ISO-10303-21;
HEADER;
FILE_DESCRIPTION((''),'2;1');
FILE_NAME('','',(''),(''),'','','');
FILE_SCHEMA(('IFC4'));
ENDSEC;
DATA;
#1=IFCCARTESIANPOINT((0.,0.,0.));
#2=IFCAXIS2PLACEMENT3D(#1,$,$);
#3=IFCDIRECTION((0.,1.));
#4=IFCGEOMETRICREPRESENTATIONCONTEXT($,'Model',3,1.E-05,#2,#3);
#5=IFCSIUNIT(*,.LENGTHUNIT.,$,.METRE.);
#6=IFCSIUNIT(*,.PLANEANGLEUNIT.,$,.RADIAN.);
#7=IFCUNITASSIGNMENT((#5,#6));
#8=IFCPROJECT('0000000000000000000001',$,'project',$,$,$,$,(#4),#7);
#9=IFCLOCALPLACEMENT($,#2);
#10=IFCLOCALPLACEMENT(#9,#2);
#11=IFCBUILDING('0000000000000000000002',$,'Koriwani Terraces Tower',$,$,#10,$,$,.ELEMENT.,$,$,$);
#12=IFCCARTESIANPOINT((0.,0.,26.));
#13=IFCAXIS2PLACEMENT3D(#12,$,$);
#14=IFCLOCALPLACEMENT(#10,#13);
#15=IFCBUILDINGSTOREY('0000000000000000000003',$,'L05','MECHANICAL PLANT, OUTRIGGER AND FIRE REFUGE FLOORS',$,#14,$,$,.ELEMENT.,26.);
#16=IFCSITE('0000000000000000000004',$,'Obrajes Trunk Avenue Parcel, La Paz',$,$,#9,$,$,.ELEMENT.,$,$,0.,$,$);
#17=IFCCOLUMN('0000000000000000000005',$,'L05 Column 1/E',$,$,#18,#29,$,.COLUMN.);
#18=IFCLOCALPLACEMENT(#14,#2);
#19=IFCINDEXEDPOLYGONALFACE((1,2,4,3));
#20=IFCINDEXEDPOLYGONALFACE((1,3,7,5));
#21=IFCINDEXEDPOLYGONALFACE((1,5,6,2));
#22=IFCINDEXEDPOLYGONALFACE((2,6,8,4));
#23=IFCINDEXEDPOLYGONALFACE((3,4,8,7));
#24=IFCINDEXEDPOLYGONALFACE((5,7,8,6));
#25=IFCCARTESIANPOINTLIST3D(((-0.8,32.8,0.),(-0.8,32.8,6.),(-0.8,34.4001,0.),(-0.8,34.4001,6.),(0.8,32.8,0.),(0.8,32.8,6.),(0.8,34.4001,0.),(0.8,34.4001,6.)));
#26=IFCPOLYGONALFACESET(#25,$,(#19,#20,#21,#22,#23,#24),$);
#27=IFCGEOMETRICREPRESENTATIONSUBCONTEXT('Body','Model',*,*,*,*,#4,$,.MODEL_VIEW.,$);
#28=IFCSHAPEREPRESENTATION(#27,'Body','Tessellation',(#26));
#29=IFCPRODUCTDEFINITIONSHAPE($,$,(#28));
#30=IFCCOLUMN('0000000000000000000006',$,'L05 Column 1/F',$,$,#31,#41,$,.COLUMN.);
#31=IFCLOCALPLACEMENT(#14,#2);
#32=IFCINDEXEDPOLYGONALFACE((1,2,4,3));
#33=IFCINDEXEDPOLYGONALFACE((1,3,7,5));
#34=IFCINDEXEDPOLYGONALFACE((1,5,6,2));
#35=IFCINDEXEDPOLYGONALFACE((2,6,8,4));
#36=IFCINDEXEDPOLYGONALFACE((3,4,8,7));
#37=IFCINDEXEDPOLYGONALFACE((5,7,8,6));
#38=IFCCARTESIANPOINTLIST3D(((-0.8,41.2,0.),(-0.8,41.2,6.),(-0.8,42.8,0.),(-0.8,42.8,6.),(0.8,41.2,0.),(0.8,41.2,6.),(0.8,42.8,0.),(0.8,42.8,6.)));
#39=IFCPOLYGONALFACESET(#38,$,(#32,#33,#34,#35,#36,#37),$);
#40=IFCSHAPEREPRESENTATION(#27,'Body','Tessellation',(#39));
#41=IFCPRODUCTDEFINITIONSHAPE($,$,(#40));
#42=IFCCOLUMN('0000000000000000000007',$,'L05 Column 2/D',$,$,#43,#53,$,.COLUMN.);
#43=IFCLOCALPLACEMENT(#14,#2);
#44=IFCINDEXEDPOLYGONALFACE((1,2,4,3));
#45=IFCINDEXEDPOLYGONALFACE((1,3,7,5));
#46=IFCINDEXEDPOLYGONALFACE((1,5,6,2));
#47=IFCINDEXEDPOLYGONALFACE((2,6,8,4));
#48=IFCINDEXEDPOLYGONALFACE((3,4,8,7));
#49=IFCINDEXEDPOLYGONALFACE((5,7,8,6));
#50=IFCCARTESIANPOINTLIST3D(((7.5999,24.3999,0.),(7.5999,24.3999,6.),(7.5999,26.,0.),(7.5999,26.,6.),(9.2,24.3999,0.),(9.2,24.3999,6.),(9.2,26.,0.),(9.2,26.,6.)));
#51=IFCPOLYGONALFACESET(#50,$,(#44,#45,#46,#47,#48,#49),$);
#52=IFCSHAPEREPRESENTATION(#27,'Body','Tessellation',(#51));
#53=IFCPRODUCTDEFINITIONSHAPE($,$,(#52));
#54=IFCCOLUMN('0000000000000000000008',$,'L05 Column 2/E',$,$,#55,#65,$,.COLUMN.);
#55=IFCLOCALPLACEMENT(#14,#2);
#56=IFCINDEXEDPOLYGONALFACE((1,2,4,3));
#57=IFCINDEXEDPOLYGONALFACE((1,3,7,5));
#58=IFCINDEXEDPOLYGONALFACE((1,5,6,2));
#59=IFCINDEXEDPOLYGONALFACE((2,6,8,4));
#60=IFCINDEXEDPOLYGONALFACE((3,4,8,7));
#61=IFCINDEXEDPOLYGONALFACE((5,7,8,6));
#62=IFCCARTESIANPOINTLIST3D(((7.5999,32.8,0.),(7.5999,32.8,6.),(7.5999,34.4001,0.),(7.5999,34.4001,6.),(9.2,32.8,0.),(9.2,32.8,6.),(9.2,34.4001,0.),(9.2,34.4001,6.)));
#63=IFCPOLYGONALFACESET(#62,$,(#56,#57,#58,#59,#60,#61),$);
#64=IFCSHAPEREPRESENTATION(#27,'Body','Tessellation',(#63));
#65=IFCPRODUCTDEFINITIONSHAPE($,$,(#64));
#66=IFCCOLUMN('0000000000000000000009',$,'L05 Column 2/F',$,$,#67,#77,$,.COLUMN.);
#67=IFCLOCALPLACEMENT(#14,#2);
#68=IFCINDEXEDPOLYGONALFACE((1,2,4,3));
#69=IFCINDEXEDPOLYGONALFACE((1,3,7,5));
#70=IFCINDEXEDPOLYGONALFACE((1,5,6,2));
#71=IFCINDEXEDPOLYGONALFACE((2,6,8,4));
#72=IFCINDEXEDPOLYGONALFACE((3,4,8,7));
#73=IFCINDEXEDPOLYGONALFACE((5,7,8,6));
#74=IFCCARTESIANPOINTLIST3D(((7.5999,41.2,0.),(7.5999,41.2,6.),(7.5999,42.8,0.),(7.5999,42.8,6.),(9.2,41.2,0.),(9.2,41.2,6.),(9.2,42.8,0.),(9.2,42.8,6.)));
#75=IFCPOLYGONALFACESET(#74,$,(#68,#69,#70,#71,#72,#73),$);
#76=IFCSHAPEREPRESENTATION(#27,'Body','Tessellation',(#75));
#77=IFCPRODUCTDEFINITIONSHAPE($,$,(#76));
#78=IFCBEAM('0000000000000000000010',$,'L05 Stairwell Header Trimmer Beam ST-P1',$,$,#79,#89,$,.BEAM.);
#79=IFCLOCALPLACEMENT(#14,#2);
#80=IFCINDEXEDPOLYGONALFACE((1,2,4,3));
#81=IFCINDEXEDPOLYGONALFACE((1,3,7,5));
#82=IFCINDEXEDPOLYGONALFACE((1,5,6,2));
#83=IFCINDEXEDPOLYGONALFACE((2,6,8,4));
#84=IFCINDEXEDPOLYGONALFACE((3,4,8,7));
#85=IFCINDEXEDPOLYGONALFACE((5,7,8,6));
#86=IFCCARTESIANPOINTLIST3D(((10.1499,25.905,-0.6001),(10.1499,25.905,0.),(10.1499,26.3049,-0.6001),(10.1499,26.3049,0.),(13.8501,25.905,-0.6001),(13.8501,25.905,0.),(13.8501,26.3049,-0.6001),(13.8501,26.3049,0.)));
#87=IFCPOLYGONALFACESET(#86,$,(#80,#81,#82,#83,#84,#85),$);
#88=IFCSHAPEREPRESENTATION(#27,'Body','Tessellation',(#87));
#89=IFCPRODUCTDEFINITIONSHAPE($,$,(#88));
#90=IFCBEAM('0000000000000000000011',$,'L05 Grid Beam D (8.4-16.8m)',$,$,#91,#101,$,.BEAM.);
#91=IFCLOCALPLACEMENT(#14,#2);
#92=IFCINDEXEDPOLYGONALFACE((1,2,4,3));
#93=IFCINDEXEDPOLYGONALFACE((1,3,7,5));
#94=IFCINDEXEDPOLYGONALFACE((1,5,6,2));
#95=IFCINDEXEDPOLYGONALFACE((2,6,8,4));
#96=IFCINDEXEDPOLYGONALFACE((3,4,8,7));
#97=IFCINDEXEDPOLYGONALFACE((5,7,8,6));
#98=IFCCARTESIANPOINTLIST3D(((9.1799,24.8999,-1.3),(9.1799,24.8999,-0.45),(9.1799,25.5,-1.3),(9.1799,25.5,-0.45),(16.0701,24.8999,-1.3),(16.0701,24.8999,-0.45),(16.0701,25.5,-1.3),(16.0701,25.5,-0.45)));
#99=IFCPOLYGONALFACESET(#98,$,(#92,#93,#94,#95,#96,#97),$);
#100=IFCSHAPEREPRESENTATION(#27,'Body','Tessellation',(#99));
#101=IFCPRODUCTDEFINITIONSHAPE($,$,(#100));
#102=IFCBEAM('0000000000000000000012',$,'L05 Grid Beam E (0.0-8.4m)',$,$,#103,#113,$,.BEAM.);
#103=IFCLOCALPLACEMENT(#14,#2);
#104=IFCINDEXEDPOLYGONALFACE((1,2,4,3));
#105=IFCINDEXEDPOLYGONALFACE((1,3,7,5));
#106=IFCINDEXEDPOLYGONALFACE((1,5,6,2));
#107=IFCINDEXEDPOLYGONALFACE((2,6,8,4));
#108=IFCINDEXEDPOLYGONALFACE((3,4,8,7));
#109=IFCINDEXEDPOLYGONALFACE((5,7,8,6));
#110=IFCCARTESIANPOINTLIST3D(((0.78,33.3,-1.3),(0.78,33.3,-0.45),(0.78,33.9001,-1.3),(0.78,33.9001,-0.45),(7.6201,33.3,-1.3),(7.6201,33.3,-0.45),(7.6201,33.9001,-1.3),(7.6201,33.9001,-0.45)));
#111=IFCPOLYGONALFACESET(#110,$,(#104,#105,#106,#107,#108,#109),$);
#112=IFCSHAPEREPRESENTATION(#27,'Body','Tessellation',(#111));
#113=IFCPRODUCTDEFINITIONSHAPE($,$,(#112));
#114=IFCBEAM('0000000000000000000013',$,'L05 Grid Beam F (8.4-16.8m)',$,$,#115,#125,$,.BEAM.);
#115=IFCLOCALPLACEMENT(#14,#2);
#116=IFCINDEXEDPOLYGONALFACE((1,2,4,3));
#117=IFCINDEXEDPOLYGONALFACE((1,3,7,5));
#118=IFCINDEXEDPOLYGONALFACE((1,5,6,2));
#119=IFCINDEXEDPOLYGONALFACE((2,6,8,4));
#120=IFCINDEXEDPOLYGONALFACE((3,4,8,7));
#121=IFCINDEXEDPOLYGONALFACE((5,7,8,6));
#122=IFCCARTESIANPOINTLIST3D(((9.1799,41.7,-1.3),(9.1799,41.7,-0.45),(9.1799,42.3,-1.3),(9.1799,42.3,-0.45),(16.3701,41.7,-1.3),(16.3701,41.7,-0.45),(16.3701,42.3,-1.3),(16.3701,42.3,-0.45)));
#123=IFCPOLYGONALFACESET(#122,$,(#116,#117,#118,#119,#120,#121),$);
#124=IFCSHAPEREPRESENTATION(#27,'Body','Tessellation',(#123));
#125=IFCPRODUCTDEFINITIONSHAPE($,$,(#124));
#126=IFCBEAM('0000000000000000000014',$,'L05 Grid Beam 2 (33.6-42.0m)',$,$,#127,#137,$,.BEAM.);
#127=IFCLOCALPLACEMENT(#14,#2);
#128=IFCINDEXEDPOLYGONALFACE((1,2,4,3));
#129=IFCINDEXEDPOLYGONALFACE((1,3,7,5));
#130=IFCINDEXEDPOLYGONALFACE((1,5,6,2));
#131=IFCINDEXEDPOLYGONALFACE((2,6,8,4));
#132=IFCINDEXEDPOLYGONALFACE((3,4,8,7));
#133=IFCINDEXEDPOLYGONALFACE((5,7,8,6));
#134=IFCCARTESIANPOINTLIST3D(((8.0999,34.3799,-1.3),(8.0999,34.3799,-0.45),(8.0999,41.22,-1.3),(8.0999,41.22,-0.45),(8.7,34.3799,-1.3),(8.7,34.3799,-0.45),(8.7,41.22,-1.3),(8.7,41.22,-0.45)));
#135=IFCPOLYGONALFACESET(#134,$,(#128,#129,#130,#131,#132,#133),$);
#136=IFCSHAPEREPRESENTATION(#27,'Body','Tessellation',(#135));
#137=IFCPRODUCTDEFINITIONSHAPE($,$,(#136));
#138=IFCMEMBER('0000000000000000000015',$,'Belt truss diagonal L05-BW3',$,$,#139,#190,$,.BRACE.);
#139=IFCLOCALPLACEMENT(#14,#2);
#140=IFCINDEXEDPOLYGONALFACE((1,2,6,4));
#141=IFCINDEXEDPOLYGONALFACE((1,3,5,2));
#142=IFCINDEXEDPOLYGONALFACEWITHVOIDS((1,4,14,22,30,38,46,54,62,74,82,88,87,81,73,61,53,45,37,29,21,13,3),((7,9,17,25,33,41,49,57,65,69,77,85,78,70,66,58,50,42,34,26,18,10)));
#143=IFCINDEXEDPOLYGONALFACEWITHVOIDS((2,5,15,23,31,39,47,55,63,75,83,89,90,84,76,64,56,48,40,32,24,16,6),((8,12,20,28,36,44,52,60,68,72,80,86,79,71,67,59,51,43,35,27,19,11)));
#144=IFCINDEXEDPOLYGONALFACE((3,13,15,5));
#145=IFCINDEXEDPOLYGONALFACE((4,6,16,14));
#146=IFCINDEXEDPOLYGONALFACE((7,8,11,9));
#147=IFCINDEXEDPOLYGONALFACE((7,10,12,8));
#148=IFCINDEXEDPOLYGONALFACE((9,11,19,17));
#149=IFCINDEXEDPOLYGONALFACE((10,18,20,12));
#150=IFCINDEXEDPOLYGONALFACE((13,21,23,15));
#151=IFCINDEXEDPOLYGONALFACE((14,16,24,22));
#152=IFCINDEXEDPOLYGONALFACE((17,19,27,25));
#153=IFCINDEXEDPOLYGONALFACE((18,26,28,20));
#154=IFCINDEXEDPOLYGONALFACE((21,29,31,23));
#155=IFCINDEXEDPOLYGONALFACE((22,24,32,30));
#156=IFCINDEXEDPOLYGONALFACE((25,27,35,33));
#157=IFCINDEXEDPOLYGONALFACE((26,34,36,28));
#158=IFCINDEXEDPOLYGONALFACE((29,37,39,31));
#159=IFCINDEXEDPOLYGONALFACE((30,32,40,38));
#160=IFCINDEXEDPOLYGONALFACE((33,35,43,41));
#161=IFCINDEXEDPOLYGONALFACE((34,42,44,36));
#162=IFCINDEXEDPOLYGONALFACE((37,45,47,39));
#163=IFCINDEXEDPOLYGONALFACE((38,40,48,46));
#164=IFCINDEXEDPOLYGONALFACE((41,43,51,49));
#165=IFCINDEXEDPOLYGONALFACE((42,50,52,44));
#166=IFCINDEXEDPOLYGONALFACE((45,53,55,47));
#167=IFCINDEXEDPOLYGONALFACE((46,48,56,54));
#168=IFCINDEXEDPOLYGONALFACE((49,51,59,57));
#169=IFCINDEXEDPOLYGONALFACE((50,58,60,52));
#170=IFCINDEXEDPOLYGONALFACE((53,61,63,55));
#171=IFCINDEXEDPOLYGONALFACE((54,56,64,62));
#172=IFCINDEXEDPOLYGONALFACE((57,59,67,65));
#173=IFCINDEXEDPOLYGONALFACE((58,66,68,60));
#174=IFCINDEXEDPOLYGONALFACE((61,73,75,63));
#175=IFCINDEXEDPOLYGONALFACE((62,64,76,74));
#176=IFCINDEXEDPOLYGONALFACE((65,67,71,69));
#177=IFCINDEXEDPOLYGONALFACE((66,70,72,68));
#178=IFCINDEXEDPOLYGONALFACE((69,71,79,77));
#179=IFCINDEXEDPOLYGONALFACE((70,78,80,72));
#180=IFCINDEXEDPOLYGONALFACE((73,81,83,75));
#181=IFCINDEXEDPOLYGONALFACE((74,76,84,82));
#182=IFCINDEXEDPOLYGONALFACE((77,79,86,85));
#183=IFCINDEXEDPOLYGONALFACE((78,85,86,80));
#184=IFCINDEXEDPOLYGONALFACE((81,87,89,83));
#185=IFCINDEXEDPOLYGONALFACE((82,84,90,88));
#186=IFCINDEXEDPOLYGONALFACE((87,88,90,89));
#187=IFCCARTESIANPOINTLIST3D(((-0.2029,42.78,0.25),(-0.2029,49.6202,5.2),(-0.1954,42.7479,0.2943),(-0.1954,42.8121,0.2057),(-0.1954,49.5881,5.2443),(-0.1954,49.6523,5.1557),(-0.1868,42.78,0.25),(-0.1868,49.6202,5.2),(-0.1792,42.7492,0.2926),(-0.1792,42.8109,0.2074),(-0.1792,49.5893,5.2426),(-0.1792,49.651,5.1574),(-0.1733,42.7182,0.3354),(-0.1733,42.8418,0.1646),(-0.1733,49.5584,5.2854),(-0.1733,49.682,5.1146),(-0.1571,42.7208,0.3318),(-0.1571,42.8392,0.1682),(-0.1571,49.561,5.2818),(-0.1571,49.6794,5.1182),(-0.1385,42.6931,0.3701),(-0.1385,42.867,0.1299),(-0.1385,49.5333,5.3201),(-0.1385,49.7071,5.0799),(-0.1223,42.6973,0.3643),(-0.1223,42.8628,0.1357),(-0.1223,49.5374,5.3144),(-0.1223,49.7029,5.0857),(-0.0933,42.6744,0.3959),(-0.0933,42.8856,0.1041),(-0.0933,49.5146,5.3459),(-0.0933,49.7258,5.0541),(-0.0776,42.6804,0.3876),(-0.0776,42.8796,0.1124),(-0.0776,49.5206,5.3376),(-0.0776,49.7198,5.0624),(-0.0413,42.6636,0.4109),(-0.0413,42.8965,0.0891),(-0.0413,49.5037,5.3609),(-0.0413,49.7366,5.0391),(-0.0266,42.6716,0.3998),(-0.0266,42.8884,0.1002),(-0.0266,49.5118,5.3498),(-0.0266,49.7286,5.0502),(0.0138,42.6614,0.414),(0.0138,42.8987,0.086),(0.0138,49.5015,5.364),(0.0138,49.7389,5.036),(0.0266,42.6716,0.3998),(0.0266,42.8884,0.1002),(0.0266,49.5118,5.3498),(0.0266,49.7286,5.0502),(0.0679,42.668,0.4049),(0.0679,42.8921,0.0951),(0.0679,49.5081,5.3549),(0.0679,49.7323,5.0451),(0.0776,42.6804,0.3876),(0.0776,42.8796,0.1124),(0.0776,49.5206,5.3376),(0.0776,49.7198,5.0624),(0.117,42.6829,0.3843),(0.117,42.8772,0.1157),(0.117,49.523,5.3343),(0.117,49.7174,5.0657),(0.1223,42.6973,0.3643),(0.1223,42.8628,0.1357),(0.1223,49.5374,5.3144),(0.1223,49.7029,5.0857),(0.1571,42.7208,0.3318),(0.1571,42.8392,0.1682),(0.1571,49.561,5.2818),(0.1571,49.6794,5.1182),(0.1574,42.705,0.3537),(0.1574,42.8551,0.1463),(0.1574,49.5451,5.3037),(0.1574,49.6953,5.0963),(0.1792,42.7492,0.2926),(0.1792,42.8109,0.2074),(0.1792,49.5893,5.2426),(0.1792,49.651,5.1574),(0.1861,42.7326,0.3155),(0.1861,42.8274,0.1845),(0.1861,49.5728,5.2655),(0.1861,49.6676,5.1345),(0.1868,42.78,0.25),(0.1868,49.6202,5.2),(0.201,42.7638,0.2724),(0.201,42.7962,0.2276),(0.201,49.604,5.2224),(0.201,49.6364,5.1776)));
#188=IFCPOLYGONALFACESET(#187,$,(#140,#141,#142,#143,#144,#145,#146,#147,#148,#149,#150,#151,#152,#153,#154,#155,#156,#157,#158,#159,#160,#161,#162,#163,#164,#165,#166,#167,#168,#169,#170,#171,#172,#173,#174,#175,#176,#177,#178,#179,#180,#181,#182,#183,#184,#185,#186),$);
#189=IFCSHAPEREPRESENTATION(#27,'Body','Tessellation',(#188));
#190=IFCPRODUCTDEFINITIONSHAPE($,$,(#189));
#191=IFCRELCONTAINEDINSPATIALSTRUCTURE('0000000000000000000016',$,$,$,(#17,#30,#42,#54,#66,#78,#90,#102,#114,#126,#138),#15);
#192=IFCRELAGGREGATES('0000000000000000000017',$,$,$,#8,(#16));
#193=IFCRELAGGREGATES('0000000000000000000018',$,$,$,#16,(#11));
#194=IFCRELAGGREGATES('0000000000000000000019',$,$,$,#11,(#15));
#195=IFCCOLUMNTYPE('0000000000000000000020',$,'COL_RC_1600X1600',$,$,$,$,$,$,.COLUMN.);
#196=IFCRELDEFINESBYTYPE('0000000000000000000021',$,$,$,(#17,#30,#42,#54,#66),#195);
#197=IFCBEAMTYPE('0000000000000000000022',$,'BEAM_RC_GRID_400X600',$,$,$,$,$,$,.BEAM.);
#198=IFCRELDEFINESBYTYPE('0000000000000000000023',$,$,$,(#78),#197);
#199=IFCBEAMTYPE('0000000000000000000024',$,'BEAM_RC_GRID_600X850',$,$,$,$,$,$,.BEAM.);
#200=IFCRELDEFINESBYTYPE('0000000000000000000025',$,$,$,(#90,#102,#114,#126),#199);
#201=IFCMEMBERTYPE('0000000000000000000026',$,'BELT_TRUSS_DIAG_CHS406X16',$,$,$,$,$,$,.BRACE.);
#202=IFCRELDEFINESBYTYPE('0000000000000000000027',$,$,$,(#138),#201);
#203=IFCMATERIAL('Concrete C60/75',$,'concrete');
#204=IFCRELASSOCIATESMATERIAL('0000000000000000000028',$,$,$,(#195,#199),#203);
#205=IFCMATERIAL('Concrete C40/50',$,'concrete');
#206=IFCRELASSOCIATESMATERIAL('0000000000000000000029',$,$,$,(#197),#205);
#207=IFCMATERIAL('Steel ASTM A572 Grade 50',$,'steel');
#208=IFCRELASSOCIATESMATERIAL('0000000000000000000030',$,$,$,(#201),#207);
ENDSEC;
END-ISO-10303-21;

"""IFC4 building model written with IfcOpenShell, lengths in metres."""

from ifc_helpers import new_model, si_unit, direction, frame, origin, origin_2d, place, context, subcontext, project, spatial, rectangle, hollow_circle, extrude, material, material_profile, profile_set, type_object, element, save


model = new_model("IFC4")

# Units and contexts
model_context = context("Model", 3, precision=1e-05, world=origin(), true_north=direction((0.0, 1.0)))
body_context = subcontext(model_context, "Body", "Model", "MODEL_VIEW")
ifc_project = project(units=[si_unit("LENGTHUNIT", "METRE"), si_unit("PLANEANGLEUNIT", "RADIAN")], contexts=[model_context])

# Site, building, storey
site_placement = place(None, origin())
site = spatial("IfcSite", under=ifc_project, at=site_placement, Name="Obrajes Trunk Avenue Parcel, La Paz", CompositionType="ELEMENT", RefElevation=0.0)
building_placement = place(site_placement, origin())
building = spatial("IfcBuilding", under=site, at=building_placement, Name="Koriwani Terraces Tower", CompositionType="ELEMENT")
storey_placement = place(building_placement, frame((0.0, 0.0, 26.0)))
storey = spatial("IfcBuildingStorey", under=building, at=storey_placement, Name="L05", Description="MECHANICAL PLANT, OUTRIGGER AND FIRE REFUGE FLOORS", CompositionType="ELEMENT", Elevation=26.0)

# Columns
ifc_material_1 = material(Name="Concrete C60/75", Category="concrete")
ifc_material_profile_1 = material_profile(ifc_material_1, rectangle(XDim=1.6001, YDim=1.6001, at=origin_2d()), Name="Concrete C60/75", Category="LoadBearing")
ifc_profile_set_1 = profile_set([ifc_material_profile_1], Name="Concrete C60/75")
column_type = type_object("IfcColumnType", Name="COL_RC_1600X1600", PredefinedType="COLUMN", material=ifc_profile_set_1)
for number, where, z_axis, x_axis, name in (
    (1, (0.0, 33.6001, 0.0), (0.0, 0.0, 1.0), (1.0, 0.0, 0.0), "L05 Column 1/E"),
    (2, (0.0, 42.0, 0.0), (0.0, 0.0, 1.0), (1.0, 0.0, 0.0), "L05 Column 1/F"),
    (3, (8.3999, 25.2, 0.0), (0.0, 0.0, 1.0), (1.0, 0.0, 0.0), "L05 Column 2/D"),
    (4, (8.3999, 33.6001, 0.0), (0.0, 0.0, 1.0), (1.0, 0.0, 0.0), "L05 Column 2/E"),
    (5, (8.3999, 42.0, 0.0), (0.0, 0.0, 1.0), (1.0, 0.0, 0.0), "L05 Column 2/F"),
):
    element("IfcColumn", number, at=place(storey_placement, frame(where, z_axis=z_axis, x_axis=x_axis)), inside=storey, type_object=column_type, Name=name, PredefinedType="COLUMN", context=body_context, shape_type="SweptSolid", body=[
        extrude(rectangle(XDim=1.6001, YDim=1.6001, at=origin_2d()), origin(), (0.0, 0.0, 1.0), 6.0),
    ])

# Beams
ifc_material_2 = material(Name="Concrete C40/50", Category="concrete")
ifc_material_profile_2 = material_profile(ifc_material_2, rectangle(XDim=0.3999, YDim=0.6001, at=origin_2d()), Name="Concrete C40/50", Category="LoadBearing")
ifc_profile_set_2 = profile_set([ifc_material_profile_2], Name="Concrete C40/50")
beam_type_1 = type_object("IfcBeamType", Name="BEAM_RC_GRID_400X600", PredefinedType="BEAM", material=ifc_profile_set_2)
beam_1_placement = place(storey_placement, frame((10.1499, 26.105, -0.3), z_axis=(1.0, 0.0, 0.0), x_axis=(0.0, 1.0, 0.0)))
element("IfcBeam", 6, at=beam_1_placement, inside=storey, type_object=beam_type_1, Name="L05 Stairwell Header Trimmer Beam ST-P1", PredefinedType="BEAM", context=body_context, shape_type="SweptSolid", body=[
    extrude(rectangle(XDim=0.3999, YDim=0.6001, at=origin_2d()), origin(), (0.0, 0.0, 1.0), 3.7002),
])
ifc_material_profile_3 = material_profile(ifc_material_1, rectangle(XDim=0.6001, YDim=0.8501, at=origin_2d()), Name="Concrete C60/75", Category="LoadBearing")
ifc_profile_set_3 = profile_set([ifc_material_profile_3], Name="Concrete C60/75")
beam_type_2 = type_object("IfcBeamType", Name="BEAM_RC_GRID_600X850", PredefinedType="BEAM", material=ifc_profile_set_3)
beam_2_placement = place(storey_placement, frame((9.1799, 25.2, -0.875), z_axis=(1.0, 0.0, 0.0), x_axis=(0.0, 1.0, 0.0)))
element("IfcBeam", 7, at=beam_2_placement, inside=storey, type_object=beam_type_2, Name="L05 Grid Beam D (8.4-16.8m)", PredefinedType="BEAM", context=body_context, shape_type="SweptSolid", body=[
    extrude(rectangle(XDim=0.6001, YDim=0.8501, at=origin_2d()), origin(), (0.0, 0.0, 1.0), 6.8901),
])
beam_3_placement = place(storey_placement, frame((0.78, 33.6001, -0.875), z_axis=(1.0, 0.0, 0.0), x_axis=(0.0, 1.0, 0.0)))
element("IfcBeam", 8, at=beam_3_placement, inside=storey, type_object=beam_type_2, Name="L05 Grid Beam E (0.0-8.4m)", PredefinedType="BEAM", context=body_context, shape_type="SweptSolid", body=[
    extrude(rectangle(XDim=0.6001, YDim=0.8501, at=origin_2d()), origin(), (0.0, 0.0, 1.0), 6.8401),
])
beam_4_placement = place(storey_placement, frame((9.1799, 42.0, -0.875), z_axis=(1.0, 0.0, 0.0), x_axis=(0.0, 1.0, 0.0)))
element("IfcBeam", 9, at=beam_4_placement, inside=storey, type_object=beam_type_2, Name="L05 Grid Beam F (8.4-16.8m)", PredefinedType="BEAM", context=body_context, shape_type="SweptSolid", body=[
    extrude(rectangle(XDim=0.6001, YDim=0.8501, at=origin_2d()), origin(), (0.0, 0.0, 1.0), 7.1902),
])
beam_5_placement = place(storey_placement, frame((8.3999, 34.3799, -0.875), z_axis=(0.0, 1.0, 0.0), x_axis=(-1.0, 0.0, 0.0)))
element("IfcBeam", 10, at=beam_5_placement, inside=storey, type_object=beam_type_2, Name="L05 Grid Beam 2 (33.6-42.0m)", PredefinedType="BEAM", context=body_context, shape_type="SweptSolid", body=[
    extrude(rectangle(XDim=0.6001, YDim=0.8501, at=origin_2d()), origin(), (0.0, 0.0, 1.0), 6.8401),
])

# Member
ifc_material_3 = material(Name="Steel ASTM A572 Grade 50", Category="steel")
ifc_material_profile_4 = material_profile(ifc_material_3, hollow_circle(Radius=0.2029, WallThickness=0.0161, at=origin_2d()), Name="Steel ASTM A572 Grade 50", Category="LoadBearing")
ifc_profile_set_4 = profile_set([ifc_material_profile_4], Name="Steel ASTM A572 Grade 50")
member_type_1 = type_object("IfcMemberType", Name="BELT_TRUSS_DIAG_CHS406X16", PredefinedType="BRACE", material=ifc_profile_set_4)
member_1_placement = place(storey_placement, frame((0.0, 42.78, 0.25), z_axis=(0.0, 0.810123, 0.58626), x_axis=(-1.0, 0.0, 0.0)))
element("IfcMember", 11, at=member_1_placement, inside=storey, type_object=member_type_1, Name="Belt truss diagonal L05-BW3", PredefinedType="BRACE", context=body_context, shape_type="SweptSolid", body=[
    extrude(hollow_circle(Radius=0.2029, WallThickness=0.0161, at=origin_2d()), origin(), (0.0, 0.0, 1.0), 8.4434),
])

save(model, "model.ifc")
